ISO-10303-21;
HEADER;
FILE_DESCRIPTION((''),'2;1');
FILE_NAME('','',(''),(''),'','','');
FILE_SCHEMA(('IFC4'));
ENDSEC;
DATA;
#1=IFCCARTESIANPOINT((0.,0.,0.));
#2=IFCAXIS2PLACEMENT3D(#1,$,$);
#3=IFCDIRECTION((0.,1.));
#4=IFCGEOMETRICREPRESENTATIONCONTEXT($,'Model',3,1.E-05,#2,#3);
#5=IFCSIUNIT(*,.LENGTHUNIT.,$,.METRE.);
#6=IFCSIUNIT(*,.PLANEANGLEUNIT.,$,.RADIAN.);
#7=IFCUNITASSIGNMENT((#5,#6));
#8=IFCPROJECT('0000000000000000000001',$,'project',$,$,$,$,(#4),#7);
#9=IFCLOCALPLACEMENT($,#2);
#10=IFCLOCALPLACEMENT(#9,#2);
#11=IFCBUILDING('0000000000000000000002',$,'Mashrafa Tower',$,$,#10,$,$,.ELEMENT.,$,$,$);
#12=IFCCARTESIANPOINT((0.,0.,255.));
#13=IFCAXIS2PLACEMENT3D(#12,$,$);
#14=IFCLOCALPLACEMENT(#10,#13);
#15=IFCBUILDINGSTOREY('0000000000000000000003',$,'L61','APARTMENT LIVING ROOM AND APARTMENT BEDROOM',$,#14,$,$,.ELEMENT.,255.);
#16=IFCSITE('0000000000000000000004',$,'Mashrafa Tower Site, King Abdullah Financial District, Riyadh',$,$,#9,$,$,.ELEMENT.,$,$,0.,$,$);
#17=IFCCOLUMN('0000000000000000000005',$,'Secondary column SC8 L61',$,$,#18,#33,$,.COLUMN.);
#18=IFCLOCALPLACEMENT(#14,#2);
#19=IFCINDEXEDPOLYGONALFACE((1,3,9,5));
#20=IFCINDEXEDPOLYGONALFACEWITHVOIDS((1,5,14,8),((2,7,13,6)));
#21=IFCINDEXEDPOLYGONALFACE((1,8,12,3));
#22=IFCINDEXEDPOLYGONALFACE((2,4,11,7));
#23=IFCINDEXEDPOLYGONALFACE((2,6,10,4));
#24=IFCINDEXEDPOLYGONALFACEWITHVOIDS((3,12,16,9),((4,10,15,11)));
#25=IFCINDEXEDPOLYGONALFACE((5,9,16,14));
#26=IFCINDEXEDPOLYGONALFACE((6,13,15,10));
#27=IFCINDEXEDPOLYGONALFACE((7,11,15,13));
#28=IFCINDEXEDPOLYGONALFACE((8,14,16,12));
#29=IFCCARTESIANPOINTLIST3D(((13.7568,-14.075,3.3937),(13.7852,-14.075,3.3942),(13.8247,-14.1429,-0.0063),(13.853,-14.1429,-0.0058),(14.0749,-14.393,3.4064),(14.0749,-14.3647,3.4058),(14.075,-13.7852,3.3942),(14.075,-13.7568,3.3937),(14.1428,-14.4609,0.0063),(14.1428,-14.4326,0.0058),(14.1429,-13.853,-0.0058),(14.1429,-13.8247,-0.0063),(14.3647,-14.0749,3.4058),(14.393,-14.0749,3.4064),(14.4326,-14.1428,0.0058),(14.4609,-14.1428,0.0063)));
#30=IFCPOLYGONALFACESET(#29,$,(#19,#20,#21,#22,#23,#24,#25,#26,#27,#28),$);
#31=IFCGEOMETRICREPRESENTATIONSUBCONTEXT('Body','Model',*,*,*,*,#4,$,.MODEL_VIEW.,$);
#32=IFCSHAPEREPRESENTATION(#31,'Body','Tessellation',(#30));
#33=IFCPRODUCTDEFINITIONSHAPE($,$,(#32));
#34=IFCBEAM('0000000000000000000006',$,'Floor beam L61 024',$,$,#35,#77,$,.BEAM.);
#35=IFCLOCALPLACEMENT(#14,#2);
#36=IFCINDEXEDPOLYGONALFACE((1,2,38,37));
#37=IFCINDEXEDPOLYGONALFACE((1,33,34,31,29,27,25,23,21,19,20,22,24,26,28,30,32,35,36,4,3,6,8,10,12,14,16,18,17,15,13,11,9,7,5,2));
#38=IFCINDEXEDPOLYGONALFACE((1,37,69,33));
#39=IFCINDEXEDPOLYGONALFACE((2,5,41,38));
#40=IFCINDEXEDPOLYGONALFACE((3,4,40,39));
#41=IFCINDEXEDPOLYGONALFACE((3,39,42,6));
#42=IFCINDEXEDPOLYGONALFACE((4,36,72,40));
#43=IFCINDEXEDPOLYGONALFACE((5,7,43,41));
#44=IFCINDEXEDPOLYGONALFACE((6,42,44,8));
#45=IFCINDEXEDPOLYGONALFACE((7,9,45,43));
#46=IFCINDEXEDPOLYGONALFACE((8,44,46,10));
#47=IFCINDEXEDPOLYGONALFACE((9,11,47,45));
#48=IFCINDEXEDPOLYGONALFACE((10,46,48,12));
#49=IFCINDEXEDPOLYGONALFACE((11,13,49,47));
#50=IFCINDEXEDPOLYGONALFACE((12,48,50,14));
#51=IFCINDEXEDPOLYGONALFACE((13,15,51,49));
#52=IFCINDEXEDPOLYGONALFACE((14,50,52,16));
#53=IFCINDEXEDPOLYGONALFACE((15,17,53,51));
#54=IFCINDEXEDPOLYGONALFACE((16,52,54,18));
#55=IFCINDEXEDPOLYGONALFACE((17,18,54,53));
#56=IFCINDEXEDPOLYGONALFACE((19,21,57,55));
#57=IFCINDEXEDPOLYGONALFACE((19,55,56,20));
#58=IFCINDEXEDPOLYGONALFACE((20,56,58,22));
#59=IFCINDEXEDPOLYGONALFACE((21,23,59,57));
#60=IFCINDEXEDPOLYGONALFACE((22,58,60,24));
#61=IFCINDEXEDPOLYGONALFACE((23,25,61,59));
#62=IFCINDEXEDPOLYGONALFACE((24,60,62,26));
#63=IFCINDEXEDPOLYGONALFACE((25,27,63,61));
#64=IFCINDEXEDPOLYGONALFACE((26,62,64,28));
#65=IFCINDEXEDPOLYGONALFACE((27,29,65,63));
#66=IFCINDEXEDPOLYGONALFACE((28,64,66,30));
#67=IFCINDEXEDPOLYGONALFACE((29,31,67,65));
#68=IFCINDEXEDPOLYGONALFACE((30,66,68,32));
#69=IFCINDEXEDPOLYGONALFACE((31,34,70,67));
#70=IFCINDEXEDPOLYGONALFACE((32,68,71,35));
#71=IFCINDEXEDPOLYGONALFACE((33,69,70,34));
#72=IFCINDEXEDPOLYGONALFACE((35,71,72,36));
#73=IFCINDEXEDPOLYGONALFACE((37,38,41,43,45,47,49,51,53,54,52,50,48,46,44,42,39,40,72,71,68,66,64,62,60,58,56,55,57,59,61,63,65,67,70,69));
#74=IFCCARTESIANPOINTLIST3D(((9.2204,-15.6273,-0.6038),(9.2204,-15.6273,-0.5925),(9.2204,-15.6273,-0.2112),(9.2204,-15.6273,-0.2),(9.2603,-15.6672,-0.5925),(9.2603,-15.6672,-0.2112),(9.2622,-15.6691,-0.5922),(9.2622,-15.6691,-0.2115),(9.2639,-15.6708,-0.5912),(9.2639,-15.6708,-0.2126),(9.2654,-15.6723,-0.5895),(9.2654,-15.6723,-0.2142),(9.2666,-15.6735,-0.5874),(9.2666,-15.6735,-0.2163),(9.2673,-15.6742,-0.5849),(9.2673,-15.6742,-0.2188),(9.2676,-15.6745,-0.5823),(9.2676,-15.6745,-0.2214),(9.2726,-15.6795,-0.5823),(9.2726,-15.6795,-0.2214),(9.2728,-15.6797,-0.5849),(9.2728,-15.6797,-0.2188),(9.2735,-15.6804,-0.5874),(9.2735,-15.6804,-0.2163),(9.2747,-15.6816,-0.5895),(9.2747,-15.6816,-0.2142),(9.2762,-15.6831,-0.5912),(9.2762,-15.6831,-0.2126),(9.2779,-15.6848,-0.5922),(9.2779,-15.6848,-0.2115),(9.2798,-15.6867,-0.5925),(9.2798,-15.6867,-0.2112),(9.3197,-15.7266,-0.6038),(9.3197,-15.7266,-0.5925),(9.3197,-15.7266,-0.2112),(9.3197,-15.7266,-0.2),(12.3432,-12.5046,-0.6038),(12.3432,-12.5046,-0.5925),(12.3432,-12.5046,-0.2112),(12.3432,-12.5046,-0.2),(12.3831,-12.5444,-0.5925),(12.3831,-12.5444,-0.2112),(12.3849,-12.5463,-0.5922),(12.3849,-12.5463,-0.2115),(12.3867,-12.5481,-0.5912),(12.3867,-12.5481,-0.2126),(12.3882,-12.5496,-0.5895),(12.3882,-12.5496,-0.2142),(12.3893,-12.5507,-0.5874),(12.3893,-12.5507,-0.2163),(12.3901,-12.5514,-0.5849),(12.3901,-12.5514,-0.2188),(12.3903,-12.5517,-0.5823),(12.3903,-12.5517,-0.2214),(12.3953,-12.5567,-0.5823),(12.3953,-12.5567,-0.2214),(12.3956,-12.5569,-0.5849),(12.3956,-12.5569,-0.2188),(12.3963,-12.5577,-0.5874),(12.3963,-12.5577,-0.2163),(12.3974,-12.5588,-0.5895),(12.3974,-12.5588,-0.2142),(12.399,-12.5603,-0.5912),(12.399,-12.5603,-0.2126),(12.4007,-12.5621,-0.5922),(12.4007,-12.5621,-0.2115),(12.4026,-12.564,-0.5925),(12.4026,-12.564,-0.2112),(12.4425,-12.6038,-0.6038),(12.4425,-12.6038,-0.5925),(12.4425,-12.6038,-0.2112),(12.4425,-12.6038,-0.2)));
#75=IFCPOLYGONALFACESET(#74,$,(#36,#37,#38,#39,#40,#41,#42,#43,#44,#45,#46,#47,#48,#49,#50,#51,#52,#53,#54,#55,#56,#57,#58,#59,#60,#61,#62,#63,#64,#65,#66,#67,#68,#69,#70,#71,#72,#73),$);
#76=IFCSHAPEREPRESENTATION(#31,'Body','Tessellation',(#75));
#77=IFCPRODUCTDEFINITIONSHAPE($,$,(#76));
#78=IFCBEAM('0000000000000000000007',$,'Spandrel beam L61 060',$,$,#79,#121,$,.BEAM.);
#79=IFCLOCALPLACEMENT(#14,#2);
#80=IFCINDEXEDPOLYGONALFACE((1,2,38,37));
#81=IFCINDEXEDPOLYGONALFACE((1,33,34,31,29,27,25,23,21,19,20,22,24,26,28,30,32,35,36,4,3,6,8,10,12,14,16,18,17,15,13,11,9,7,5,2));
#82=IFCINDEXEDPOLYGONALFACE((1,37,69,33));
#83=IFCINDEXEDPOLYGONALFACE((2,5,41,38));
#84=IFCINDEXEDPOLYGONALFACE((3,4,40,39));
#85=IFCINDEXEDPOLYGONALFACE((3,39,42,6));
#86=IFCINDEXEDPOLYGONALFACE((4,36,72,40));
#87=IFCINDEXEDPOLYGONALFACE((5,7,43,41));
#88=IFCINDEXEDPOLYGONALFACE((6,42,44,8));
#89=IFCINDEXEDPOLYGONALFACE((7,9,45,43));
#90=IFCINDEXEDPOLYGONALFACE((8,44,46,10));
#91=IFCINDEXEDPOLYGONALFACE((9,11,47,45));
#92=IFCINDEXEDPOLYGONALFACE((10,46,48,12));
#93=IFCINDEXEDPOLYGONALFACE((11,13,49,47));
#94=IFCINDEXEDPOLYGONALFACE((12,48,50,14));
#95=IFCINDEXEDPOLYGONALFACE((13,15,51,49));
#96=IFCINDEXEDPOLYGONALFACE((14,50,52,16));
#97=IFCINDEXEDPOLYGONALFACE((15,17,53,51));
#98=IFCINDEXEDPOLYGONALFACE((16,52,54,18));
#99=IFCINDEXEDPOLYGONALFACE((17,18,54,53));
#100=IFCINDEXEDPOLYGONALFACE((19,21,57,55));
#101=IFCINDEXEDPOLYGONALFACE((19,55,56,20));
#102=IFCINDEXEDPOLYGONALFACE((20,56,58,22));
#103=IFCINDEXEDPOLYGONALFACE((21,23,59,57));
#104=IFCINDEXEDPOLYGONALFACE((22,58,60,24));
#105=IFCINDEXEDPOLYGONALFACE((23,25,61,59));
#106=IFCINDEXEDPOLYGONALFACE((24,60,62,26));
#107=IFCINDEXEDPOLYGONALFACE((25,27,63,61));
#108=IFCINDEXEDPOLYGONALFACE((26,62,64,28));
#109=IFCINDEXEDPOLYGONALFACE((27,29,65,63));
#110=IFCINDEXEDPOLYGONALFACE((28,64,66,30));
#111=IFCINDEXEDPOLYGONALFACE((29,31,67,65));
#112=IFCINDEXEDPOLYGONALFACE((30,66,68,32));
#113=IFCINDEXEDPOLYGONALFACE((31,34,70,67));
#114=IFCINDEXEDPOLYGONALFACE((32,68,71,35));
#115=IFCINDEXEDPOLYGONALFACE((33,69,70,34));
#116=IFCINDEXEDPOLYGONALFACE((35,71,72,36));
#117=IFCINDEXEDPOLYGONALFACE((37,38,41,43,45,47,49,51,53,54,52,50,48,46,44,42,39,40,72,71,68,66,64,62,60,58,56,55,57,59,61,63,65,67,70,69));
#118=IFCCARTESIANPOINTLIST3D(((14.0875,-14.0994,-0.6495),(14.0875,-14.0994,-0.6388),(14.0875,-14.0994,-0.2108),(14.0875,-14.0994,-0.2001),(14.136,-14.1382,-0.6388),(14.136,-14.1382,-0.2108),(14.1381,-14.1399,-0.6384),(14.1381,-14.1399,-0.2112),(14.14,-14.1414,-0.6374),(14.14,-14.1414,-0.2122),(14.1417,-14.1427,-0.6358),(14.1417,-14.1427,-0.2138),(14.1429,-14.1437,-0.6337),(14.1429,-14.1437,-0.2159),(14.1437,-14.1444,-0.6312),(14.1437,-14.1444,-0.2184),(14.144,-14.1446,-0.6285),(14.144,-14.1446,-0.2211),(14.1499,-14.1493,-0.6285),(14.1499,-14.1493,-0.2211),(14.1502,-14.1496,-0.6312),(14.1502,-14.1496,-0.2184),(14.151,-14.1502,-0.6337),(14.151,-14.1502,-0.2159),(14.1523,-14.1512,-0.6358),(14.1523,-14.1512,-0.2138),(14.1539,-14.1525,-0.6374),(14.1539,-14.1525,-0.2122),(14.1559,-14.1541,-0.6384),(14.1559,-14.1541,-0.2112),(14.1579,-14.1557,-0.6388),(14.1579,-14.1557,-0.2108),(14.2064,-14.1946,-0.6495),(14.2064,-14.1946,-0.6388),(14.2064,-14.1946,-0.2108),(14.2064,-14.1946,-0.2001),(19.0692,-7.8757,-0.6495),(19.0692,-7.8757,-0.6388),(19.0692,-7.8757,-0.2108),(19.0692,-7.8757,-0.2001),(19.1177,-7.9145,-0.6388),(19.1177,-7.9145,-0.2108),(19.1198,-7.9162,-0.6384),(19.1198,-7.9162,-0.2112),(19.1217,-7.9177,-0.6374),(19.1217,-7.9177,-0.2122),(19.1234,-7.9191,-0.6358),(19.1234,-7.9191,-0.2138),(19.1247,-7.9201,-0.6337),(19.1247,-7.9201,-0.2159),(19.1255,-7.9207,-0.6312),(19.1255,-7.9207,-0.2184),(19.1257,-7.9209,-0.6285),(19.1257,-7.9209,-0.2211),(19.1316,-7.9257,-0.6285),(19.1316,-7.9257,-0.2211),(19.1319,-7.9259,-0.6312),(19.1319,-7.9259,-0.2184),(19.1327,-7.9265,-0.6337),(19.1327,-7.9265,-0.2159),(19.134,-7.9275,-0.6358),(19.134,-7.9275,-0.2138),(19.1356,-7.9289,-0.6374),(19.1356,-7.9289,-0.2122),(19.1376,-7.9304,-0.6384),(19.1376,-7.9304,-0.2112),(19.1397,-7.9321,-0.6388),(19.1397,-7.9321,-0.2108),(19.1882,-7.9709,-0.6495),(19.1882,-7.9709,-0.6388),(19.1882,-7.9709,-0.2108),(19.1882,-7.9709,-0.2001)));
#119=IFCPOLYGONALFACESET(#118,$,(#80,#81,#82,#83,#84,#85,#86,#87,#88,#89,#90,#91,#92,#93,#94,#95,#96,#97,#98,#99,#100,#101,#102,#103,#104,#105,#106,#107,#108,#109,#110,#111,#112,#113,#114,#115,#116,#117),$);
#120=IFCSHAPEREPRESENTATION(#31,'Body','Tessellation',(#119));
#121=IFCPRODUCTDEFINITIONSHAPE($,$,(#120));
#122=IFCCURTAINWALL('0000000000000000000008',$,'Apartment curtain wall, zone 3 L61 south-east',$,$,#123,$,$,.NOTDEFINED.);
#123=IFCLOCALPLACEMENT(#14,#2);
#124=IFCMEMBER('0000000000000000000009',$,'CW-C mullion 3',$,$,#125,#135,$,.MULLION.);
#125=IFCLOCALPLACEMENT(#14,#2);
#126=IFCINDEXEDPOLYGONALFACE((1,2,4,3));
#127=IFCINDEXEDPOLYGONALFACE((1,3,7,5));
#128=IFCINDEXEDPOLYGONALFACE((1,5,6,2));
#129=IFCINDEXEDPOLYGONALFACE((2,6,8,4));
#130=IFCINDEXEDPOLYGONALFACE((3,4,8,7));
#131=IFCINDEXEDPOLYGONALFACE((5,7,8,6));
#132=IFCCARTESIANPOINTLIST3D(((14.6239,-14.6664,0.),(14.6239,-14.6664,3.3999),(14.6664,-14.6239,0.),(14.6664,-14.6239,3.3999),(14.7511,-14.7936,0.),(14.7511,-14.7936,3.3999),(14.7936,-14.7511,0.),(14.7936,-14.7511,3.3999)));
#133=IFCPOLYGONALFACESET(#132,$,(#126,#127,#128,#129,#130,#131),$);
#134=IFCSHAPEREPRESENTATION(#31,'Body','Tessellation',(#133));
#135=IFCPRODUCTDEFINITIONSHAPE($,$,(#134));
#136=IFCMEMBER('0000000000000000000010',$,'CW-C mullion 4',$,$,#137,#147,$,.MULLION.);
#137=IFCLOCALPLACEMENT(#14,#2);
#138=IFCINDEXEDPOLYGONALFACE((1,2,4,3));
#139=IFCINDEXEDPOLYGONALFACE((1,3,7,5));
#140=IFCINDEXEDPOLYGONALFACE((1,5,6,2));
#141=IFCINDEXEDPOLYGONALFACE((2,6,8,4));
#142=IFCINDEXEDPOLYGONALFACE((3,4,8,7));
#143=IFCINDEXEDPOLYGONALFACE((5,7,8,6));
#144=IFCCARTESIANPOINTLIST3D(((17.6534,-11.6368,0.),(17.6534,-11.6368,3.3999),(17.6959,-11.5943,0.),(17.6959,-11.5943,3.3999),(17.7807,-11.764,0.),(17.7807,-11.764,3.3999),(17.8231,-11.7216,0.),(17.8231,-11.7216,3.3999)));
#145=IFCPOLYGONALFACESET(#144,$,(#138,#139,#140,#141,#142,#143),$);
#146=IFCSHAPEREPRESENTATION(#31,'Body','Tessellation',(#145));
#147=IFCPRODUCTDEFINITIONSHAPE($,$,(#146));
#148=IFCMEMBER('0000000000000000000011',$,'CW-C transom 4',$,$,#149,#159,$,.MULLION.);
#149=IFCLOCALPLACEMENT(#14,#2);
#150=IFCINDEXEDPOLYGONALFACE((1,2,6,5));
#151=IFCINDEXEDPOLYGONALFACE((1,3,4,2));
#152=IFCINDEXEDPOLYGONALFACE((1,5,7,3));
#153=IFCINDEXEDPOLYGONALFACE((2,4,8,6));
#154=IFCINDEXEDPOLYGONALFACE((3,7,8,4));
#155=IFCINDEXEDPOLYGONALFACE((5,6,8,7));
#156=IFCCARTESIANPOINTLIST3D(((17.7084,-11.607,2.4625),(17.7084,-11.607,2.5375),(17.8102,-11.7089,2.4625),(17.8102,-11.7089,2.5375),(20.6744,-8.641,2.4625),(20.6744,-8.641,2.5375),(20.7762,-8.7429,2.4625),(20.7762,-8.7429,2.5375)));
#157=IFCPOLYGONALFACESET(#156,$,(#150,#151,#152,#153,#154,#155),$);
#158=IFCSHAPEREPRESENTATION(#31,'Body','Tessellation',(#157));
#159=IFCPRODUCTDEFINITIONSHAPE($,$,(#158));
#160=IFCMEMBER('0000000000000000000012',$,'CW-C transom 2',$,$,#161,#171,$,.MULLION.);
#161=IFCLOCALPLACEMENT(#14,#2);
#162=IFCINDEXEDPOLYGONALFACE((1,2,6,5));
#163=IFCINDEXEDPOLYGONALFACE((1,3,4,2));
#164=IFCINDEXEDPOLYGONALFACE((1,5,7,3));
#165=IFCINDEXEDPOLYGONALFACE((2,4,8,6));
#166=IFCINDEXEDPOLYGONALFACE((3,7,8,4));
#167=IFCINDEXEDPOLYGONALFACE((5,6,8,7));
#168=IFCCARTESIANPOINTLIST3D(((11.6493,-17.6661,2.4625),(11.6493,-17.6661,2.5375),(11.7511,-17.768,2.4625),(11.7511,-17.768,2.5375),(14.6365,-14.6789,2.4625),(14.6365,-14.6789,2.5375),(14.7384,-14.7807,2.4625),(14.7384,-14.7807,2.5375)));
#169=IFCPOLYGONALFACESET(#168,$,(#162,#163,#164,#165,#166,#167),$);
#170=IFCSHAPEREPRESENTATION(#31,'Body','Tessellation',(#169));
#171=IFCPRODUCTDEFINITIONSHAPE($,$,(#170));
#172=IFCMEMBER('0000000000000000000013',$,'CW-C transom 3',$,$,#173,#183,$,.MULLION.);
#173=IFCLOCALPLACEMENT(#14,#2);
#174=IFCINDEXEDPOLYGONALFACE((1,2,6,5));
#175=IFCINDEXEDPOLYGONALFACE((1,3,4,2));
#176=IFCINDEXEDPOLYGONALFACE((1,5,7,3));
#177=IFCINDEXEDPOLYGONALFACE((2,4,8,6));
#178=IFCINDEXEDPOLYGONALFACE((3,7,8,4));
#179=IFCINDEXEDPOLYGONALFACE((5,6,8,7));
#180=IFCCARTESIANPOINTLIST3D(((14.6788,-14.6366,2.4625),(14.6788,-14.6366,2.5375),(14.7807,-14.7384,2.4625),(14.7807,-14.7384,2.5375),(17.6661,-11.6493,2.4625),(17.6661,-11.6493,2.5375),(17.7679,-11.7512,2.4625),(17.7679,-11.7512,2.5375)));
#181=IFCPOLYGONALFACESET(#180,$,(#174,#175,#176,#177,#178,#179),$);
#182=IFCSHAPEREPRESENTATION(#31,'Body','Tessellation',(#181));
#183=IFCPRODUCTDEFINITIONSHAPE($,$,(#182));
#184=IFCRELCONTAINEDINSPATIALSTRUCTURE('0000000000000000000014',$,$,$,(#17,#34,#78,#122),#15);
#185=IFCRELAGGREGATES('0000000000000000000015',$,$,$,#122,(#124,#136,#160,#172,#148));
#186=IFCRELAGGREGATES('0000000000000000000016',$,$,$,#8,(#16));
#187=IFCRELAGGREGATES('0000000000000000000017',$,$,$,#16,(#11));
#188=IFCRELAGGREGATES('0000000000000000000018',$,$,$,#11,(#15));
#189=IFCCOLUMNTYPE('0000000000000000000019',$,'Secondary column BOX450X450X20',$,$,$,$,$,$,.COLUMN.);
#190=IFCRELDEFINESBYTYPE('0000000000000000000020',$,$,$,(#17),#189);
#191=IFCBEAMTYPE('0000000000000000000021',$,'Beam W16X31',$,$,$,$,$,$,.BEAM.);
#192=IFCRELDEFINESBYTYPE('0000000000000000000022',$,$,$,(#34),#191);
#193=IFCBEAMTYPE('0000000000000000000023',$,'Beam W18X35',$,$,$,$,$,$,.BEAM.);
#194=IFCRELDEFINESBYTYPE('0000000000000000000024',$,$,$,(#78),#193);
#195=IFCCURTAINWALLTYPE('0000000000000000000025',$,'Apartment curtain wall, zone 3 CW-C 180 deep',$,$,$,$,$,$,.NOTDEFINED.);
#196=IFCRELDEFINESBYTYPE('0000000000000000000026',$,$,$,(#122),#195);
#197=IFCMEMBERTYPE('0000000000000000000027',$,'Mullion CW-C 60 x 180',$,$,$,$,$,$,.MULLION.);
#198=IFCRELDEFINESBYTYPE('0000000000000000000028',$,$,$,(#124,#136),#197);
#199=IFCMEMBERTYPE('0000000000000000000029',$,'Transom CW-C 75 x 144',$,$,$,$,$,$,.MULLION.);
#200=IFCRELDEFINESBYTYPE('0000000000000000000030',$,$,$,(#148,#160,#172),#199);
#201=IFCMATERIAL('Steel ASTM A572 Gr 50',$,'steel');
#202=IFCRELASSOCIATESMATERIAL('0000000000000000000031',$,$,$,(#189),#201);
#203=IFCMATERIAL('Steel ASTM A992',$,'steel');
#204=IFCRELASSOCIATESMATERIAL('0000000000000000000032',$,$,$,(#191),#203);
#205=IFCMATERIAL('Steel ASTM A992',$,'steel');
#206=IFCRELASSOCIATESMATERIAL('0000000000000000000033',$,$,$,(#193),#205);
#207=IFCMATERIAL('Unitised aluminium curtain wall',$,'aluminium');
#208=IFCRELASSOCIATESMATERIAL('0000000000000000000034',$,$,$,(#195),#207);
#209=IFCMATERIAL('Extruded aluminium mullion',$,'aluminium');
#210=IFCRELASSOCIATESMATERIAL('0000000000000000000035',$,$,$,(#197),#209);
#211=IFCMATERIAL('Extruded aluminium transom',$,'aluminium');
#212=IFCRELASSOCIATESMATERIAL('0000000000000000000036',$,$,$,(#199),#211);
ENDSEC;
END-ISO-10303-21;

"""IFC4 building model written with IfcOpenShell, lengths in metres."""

from ifc_helpers import new_model, si_unit, direction, frame, origin, origin_2d, place, context, subcontext, project, spatial, rectangle, hollow_rectangle, i_section, extrude, source, transform, mapped, material, material_profile, profile_set, type_object, type_shapes, element, aggregate, save


model = new_model("IFC4")

# Units and contexts
model_context = context("Model", 3, precision=1e-05, world=origin(), true_north=direction((0.0, 1.0)))
body_context = subcontext(model_context, "Body", "Model", "MODEL_VIEW")
ifc_project = project(units=[si_unit("LENGTHUNIT", "METRE"), si_unit("PLANEANGLEUNIT", "RADIAN")], contexts=[model_context])

# Site, building, storey
site_placement = place(None, origin())
site = spatial("IfcSite", under=ifc_project, at=site_placement, Name="Mashrafa Tower Site, King Abdullah Financial District, Riyadh", CompositionType="ELEMENT", RefElevation=0.0)
building_placement = place(site_placement, origin())
building = spatial("IfcBuilding", under=site, at=building_placement, Name="Mashrafa Tower", CompositionType="ELEMENT")
storey_placement = place(building_placement, frame((0.0, 0.0, 255.0)))
storey = spatial("IfcBuildingStorey", under=building, at=storey_placement, Name="L61", Description="APARTMENT LIVING ROOM AND APARTMENT BEDROOM", CompositionType="ELEMENT", Elevation=255.0)

# Column
ifc_material_1 = material(Name="Steel ASTM A572 Gr 50", Category="steel")
ifc_material_profile_1 = material_profile(ifc_material_1, hollow_rectangle(XDim=0.45, YDim=0.45, WallThickness=0.02, at=origin_2d()), Name="BOX450X450X20")
ifc_profile_set_1 = profile_set([ifc_material_profile_1], Name="Steel ASTM A572 Gr 50")
column_type = type_object("IfcColumnType", Name="Secondary column BOX450X450X20", PredefinedType="COLUMN", material=ifc_profile_set_1)
column_placement = place(storey_placement, frame((14.1428, -14.1428, 0.0), z_axis=(-0.019955, 0.019955, 0.999602), x_axis=(-0.707107, -0.707107, 0.0)))
element("IfcColumn", 1, at=column_placement, inside=storey, type_object=column_type, Name="Secondary column SC8 L61", PredefinedType="COLUMN", context=body_context, shape_type="SweptSolid", body=[
    extrude(hollow_rectangle(XDim=0.45, YDim=0.45, WallThickness=0.02, at=origin_2d()), origin(), (0.0, 0.0, 1.0), 3.4014),
])

# Beams
ifc_material_2 = material(Name="Steel ASTM A992", Category="steel")
ifc_material_profile_2 = material_profile(ifc_material_2, i_section(OverallWidth=0.1404, OverallDepth=0.4038, WebThickness=0.0071, FlangeThickness=0.0112, FilletRadius=0.0103, at=origin_2d()), Name="W16X31")
ifc_profile_set_2 = profile_set([ifc_material_profile_2], Name="Steel ASTM A992")
beam_type_1 = type_object("IfcBeamType", Name="Beam W16X31", PredefinedType="BEAM", material=ifc_profile_set_2)
beam_1_placement = place(storey_placement, frame((12.3928, -12.5542, -0.4019), z_axis=(-0.707107, -0.707107, 0.0), x_axis=(0.707107, -0.707107, 0.0)))
element("IfcBeam", 2, at=beam_1_placement, inside=storey, type_object=beam_type_1, Name="Floor beam L61 024", PredefinedType="BEAM", context=body_context, shape_type="SweptSolid", body=[
    extrude(i_section(OverallWidth=0.1404, OverallDepth=0.4038, WebThickness=0.0071, FlangeThickness=0.0112, FilletRadius=0.0103, at=origin_2d()), origin(), (0.0, 0.0, 1.0), 4.4163),
])
ifc_material_3 = material(Name="Steel ASTM A992", Category="steel")
ifc_material_profile_3 = material_profile(ifc_material_3, i_section(OverallWidth=0.1523, OverallDepth=0.4495, WebThickness=0.0076, FlangeThickness=0.0107, FilletRadius=0.0103, at=origin_2d()), Name="W18X35")
ifc_profile_set_3 = profile_set([ifc_material_profile_3], Name="Steel ASTM A992")
beam_type_2 = type_object("IfcBeamType", Name="Beam W18X35", PredefinedType="BEAM", material=ifc_profile_set_3)
beam_2_placement = place(storey_placement, frame((14.147, -14.147, -0.4248), z_axis=(0.624908, 0.780698, 0.0), x_axis=(-0.780698, 0.624908, 0.0)))
element("IfcBeam", 3, at=beam_2_placement, inside=storey, type_object=beam_type_2, Name="Spandrel beam L61 060", PredefinedType="BEAM", context=body_context, shape_type="SweptSolid", body=[
    extrude(i_section(OverallWidth=0.1523, OverallDepth=0.4495, WebThickness=0.0076, FlangeThickness=0.0107, FilletRadius=0.0103, at=origin_2d()), origin(), (0.0, 0.0, 1.0), 7.9719),
])

# Curtain wall, members
ifc_material_4 = material(Name="Unitised aluminium curtain wall", Category="aluminium")
curtain_wall_type = type_object("IfcCurtainWallType", Name="Apartment curtain wall, zone 3 CW-C 180 deep", PredefinedType="NOTDEFINED", material=ifc_material_4)
curtain_wall_placement = place(storey_placement, origin())
curtain_wall = element("IfcCurtainWall", 4, at=curtain_wall_placement, inside=storey, type_object=curtain_wall_type, Name="Apartment curtain wall, zone 3 L61 south-east", PredefinedType="NOTDEFINED")
ifc_material_5 = material(Name="Extruded aluminium mullion", Category="aluminium")
ifc_material_profile_4 = material_profile(ifc_material_5, rectangle(XDim=0.1799, YDim=0.0601, at=origin_2d()), Name="Mullion 60x180")
ifc_profile_set_4 = profile_set([ifc_material_profile_4], Name="Extruded aluminium mullion")
member_type_1 = type_object("IfcMemberType", Name="Mullion CW-C 60 x 180", PredefinedType="MULLION", material=ifc_profile_set_4)
shared_shape_1 = source(origin(), body_context, "Body", "SweptSolid", [
    extrude(rectangle(XDim=0.1799, YDim=0.0601, at=origin_2d()), origin(), (0.0, 0.0, 1.0), 3.3999),
])
type_shapes(member_type_1, [shared_shape_1])
member_1_placement = place(storey_placement, frame((14.7087, -14.7087, 0.0), z_axis=(0.0, 0.0, 1.0), x_axis=(-0.707107, 0.707107, 0.0)))
member_1 = element("IfcMember", 5, at=member_1_placement, type_object=member_type_1, Name="CW-C mullion 3", PredefinedType="MULLION", context=body_context, shape_type="MappedRepresentation", body=[
    mapped(shared_shape_1, transform((0.0, 0.0, 0.0))),
])
member_2_placement = place(storey_placement, frame((17.7383, -11.6792, 0.0), z_axis=(0.0, 0.0, 1.0), x_axis=(-0.707107, 0.707107, 0.0)))
member_2 = element("IfcMember", 6, at=member_2_placement, type_object=member_type_1, Name="CW-C mullion 4", PredefinedType="MULLION", context=body_context, shape_type="MappedRepresentation", body=[
    mapped(shared_shape_1, transform((0.0, 0.0, 0.0))),
])
ifc_material_6 = material(Name="Extruded aluminium transom", Category="aluminium")
ifc_material_profile_5 = material_profile(ifc_material_6, rectangle(XDim=0.144, YDim=0.075, at=origin_2d()), Name="Transom 75x144")
ifc_profile_set_5 = profile_set([ifc_material_profile_5], Name="Extruded aluminium transom")
member_type_2 = type_object("IfcMemberType", Name="Transom CW-C 75 x 144", PredefinedType="MULLION", material=ifc_profile_set_5)
shared_shape_2 = source(origin(), body_context, "Body", "SweptSolid", [
    extrude(rectangle(XDim=0.144, YDim=0.075, at=origin_2d()), origin(), (0.0, 0.0, 1.0), 4.1946),
])
member_3_placement = place(storey_placement, frame((17.7593, -11.658, 2.5), z_axis=(0.707107, 0.707107, 0.0), x_axis=(-0.707107, 0.707107, 0.0)))
member_3 = element("IfcMember", 7, at=member_3_placement, type_object=member_type_2, Name="CW-C transom 4", PredefinedType="MULLION", context=body_context, shape_type="MappedRepresentation", body=[
    mapped(shared_shape_2, transform((0.0, 0.0, 0.0))),
])
shared_shape_3 = source(origin(), body_context, "Body", "SweptSolid", [
    extrude(rectangle(XDim=0.144, YDim=0.075, at=origin_2d()), origin(), (0.0, 0.0, 1.0), 4.2246),
])
type_shapes(member_type_2, [shared_shape_2, shared_shape_3])
member_4_placement = place(storey_placement, frame((11.7002, -17.717, 2.5), z_axis=(0.707107, 0.707107, 0.0), x_axis=(-0.707107, 0.707107, 0.0)))
member_4 = element("IfcMember", 8, at=member_4_placement, type_object=member_type_2, Name="CW-C transom 2", PredefinedType="MULLION", context=body_context, shape_type="MappedRepresentation", body=[
    mapped(shared_shape_3, transform((0.0, 0.0, 0.0))),
])
member_5_placement = place(storey_placement, frame((14.7297, -14.6875, 2.5), z_axis=(0.707107, 0.707107, 0.0), x_axis=(-0.707107, 0.707107, 0.0)))
member_5 = element("IfcMember", 9, at=member_5_placement, type_object=member_type_2, Name="CW-C transom 3", PredefinedType="MULLION", context=body_context, shape_type="MappedRepresentation", body=[
    mapped(shared_shape_3, transform((0.0, 0.0, 0.0))),
])
aggregate(curtain_wall, [member_1, member_2, member_4, member_5, member_3])

save(model, "model.ifc")
